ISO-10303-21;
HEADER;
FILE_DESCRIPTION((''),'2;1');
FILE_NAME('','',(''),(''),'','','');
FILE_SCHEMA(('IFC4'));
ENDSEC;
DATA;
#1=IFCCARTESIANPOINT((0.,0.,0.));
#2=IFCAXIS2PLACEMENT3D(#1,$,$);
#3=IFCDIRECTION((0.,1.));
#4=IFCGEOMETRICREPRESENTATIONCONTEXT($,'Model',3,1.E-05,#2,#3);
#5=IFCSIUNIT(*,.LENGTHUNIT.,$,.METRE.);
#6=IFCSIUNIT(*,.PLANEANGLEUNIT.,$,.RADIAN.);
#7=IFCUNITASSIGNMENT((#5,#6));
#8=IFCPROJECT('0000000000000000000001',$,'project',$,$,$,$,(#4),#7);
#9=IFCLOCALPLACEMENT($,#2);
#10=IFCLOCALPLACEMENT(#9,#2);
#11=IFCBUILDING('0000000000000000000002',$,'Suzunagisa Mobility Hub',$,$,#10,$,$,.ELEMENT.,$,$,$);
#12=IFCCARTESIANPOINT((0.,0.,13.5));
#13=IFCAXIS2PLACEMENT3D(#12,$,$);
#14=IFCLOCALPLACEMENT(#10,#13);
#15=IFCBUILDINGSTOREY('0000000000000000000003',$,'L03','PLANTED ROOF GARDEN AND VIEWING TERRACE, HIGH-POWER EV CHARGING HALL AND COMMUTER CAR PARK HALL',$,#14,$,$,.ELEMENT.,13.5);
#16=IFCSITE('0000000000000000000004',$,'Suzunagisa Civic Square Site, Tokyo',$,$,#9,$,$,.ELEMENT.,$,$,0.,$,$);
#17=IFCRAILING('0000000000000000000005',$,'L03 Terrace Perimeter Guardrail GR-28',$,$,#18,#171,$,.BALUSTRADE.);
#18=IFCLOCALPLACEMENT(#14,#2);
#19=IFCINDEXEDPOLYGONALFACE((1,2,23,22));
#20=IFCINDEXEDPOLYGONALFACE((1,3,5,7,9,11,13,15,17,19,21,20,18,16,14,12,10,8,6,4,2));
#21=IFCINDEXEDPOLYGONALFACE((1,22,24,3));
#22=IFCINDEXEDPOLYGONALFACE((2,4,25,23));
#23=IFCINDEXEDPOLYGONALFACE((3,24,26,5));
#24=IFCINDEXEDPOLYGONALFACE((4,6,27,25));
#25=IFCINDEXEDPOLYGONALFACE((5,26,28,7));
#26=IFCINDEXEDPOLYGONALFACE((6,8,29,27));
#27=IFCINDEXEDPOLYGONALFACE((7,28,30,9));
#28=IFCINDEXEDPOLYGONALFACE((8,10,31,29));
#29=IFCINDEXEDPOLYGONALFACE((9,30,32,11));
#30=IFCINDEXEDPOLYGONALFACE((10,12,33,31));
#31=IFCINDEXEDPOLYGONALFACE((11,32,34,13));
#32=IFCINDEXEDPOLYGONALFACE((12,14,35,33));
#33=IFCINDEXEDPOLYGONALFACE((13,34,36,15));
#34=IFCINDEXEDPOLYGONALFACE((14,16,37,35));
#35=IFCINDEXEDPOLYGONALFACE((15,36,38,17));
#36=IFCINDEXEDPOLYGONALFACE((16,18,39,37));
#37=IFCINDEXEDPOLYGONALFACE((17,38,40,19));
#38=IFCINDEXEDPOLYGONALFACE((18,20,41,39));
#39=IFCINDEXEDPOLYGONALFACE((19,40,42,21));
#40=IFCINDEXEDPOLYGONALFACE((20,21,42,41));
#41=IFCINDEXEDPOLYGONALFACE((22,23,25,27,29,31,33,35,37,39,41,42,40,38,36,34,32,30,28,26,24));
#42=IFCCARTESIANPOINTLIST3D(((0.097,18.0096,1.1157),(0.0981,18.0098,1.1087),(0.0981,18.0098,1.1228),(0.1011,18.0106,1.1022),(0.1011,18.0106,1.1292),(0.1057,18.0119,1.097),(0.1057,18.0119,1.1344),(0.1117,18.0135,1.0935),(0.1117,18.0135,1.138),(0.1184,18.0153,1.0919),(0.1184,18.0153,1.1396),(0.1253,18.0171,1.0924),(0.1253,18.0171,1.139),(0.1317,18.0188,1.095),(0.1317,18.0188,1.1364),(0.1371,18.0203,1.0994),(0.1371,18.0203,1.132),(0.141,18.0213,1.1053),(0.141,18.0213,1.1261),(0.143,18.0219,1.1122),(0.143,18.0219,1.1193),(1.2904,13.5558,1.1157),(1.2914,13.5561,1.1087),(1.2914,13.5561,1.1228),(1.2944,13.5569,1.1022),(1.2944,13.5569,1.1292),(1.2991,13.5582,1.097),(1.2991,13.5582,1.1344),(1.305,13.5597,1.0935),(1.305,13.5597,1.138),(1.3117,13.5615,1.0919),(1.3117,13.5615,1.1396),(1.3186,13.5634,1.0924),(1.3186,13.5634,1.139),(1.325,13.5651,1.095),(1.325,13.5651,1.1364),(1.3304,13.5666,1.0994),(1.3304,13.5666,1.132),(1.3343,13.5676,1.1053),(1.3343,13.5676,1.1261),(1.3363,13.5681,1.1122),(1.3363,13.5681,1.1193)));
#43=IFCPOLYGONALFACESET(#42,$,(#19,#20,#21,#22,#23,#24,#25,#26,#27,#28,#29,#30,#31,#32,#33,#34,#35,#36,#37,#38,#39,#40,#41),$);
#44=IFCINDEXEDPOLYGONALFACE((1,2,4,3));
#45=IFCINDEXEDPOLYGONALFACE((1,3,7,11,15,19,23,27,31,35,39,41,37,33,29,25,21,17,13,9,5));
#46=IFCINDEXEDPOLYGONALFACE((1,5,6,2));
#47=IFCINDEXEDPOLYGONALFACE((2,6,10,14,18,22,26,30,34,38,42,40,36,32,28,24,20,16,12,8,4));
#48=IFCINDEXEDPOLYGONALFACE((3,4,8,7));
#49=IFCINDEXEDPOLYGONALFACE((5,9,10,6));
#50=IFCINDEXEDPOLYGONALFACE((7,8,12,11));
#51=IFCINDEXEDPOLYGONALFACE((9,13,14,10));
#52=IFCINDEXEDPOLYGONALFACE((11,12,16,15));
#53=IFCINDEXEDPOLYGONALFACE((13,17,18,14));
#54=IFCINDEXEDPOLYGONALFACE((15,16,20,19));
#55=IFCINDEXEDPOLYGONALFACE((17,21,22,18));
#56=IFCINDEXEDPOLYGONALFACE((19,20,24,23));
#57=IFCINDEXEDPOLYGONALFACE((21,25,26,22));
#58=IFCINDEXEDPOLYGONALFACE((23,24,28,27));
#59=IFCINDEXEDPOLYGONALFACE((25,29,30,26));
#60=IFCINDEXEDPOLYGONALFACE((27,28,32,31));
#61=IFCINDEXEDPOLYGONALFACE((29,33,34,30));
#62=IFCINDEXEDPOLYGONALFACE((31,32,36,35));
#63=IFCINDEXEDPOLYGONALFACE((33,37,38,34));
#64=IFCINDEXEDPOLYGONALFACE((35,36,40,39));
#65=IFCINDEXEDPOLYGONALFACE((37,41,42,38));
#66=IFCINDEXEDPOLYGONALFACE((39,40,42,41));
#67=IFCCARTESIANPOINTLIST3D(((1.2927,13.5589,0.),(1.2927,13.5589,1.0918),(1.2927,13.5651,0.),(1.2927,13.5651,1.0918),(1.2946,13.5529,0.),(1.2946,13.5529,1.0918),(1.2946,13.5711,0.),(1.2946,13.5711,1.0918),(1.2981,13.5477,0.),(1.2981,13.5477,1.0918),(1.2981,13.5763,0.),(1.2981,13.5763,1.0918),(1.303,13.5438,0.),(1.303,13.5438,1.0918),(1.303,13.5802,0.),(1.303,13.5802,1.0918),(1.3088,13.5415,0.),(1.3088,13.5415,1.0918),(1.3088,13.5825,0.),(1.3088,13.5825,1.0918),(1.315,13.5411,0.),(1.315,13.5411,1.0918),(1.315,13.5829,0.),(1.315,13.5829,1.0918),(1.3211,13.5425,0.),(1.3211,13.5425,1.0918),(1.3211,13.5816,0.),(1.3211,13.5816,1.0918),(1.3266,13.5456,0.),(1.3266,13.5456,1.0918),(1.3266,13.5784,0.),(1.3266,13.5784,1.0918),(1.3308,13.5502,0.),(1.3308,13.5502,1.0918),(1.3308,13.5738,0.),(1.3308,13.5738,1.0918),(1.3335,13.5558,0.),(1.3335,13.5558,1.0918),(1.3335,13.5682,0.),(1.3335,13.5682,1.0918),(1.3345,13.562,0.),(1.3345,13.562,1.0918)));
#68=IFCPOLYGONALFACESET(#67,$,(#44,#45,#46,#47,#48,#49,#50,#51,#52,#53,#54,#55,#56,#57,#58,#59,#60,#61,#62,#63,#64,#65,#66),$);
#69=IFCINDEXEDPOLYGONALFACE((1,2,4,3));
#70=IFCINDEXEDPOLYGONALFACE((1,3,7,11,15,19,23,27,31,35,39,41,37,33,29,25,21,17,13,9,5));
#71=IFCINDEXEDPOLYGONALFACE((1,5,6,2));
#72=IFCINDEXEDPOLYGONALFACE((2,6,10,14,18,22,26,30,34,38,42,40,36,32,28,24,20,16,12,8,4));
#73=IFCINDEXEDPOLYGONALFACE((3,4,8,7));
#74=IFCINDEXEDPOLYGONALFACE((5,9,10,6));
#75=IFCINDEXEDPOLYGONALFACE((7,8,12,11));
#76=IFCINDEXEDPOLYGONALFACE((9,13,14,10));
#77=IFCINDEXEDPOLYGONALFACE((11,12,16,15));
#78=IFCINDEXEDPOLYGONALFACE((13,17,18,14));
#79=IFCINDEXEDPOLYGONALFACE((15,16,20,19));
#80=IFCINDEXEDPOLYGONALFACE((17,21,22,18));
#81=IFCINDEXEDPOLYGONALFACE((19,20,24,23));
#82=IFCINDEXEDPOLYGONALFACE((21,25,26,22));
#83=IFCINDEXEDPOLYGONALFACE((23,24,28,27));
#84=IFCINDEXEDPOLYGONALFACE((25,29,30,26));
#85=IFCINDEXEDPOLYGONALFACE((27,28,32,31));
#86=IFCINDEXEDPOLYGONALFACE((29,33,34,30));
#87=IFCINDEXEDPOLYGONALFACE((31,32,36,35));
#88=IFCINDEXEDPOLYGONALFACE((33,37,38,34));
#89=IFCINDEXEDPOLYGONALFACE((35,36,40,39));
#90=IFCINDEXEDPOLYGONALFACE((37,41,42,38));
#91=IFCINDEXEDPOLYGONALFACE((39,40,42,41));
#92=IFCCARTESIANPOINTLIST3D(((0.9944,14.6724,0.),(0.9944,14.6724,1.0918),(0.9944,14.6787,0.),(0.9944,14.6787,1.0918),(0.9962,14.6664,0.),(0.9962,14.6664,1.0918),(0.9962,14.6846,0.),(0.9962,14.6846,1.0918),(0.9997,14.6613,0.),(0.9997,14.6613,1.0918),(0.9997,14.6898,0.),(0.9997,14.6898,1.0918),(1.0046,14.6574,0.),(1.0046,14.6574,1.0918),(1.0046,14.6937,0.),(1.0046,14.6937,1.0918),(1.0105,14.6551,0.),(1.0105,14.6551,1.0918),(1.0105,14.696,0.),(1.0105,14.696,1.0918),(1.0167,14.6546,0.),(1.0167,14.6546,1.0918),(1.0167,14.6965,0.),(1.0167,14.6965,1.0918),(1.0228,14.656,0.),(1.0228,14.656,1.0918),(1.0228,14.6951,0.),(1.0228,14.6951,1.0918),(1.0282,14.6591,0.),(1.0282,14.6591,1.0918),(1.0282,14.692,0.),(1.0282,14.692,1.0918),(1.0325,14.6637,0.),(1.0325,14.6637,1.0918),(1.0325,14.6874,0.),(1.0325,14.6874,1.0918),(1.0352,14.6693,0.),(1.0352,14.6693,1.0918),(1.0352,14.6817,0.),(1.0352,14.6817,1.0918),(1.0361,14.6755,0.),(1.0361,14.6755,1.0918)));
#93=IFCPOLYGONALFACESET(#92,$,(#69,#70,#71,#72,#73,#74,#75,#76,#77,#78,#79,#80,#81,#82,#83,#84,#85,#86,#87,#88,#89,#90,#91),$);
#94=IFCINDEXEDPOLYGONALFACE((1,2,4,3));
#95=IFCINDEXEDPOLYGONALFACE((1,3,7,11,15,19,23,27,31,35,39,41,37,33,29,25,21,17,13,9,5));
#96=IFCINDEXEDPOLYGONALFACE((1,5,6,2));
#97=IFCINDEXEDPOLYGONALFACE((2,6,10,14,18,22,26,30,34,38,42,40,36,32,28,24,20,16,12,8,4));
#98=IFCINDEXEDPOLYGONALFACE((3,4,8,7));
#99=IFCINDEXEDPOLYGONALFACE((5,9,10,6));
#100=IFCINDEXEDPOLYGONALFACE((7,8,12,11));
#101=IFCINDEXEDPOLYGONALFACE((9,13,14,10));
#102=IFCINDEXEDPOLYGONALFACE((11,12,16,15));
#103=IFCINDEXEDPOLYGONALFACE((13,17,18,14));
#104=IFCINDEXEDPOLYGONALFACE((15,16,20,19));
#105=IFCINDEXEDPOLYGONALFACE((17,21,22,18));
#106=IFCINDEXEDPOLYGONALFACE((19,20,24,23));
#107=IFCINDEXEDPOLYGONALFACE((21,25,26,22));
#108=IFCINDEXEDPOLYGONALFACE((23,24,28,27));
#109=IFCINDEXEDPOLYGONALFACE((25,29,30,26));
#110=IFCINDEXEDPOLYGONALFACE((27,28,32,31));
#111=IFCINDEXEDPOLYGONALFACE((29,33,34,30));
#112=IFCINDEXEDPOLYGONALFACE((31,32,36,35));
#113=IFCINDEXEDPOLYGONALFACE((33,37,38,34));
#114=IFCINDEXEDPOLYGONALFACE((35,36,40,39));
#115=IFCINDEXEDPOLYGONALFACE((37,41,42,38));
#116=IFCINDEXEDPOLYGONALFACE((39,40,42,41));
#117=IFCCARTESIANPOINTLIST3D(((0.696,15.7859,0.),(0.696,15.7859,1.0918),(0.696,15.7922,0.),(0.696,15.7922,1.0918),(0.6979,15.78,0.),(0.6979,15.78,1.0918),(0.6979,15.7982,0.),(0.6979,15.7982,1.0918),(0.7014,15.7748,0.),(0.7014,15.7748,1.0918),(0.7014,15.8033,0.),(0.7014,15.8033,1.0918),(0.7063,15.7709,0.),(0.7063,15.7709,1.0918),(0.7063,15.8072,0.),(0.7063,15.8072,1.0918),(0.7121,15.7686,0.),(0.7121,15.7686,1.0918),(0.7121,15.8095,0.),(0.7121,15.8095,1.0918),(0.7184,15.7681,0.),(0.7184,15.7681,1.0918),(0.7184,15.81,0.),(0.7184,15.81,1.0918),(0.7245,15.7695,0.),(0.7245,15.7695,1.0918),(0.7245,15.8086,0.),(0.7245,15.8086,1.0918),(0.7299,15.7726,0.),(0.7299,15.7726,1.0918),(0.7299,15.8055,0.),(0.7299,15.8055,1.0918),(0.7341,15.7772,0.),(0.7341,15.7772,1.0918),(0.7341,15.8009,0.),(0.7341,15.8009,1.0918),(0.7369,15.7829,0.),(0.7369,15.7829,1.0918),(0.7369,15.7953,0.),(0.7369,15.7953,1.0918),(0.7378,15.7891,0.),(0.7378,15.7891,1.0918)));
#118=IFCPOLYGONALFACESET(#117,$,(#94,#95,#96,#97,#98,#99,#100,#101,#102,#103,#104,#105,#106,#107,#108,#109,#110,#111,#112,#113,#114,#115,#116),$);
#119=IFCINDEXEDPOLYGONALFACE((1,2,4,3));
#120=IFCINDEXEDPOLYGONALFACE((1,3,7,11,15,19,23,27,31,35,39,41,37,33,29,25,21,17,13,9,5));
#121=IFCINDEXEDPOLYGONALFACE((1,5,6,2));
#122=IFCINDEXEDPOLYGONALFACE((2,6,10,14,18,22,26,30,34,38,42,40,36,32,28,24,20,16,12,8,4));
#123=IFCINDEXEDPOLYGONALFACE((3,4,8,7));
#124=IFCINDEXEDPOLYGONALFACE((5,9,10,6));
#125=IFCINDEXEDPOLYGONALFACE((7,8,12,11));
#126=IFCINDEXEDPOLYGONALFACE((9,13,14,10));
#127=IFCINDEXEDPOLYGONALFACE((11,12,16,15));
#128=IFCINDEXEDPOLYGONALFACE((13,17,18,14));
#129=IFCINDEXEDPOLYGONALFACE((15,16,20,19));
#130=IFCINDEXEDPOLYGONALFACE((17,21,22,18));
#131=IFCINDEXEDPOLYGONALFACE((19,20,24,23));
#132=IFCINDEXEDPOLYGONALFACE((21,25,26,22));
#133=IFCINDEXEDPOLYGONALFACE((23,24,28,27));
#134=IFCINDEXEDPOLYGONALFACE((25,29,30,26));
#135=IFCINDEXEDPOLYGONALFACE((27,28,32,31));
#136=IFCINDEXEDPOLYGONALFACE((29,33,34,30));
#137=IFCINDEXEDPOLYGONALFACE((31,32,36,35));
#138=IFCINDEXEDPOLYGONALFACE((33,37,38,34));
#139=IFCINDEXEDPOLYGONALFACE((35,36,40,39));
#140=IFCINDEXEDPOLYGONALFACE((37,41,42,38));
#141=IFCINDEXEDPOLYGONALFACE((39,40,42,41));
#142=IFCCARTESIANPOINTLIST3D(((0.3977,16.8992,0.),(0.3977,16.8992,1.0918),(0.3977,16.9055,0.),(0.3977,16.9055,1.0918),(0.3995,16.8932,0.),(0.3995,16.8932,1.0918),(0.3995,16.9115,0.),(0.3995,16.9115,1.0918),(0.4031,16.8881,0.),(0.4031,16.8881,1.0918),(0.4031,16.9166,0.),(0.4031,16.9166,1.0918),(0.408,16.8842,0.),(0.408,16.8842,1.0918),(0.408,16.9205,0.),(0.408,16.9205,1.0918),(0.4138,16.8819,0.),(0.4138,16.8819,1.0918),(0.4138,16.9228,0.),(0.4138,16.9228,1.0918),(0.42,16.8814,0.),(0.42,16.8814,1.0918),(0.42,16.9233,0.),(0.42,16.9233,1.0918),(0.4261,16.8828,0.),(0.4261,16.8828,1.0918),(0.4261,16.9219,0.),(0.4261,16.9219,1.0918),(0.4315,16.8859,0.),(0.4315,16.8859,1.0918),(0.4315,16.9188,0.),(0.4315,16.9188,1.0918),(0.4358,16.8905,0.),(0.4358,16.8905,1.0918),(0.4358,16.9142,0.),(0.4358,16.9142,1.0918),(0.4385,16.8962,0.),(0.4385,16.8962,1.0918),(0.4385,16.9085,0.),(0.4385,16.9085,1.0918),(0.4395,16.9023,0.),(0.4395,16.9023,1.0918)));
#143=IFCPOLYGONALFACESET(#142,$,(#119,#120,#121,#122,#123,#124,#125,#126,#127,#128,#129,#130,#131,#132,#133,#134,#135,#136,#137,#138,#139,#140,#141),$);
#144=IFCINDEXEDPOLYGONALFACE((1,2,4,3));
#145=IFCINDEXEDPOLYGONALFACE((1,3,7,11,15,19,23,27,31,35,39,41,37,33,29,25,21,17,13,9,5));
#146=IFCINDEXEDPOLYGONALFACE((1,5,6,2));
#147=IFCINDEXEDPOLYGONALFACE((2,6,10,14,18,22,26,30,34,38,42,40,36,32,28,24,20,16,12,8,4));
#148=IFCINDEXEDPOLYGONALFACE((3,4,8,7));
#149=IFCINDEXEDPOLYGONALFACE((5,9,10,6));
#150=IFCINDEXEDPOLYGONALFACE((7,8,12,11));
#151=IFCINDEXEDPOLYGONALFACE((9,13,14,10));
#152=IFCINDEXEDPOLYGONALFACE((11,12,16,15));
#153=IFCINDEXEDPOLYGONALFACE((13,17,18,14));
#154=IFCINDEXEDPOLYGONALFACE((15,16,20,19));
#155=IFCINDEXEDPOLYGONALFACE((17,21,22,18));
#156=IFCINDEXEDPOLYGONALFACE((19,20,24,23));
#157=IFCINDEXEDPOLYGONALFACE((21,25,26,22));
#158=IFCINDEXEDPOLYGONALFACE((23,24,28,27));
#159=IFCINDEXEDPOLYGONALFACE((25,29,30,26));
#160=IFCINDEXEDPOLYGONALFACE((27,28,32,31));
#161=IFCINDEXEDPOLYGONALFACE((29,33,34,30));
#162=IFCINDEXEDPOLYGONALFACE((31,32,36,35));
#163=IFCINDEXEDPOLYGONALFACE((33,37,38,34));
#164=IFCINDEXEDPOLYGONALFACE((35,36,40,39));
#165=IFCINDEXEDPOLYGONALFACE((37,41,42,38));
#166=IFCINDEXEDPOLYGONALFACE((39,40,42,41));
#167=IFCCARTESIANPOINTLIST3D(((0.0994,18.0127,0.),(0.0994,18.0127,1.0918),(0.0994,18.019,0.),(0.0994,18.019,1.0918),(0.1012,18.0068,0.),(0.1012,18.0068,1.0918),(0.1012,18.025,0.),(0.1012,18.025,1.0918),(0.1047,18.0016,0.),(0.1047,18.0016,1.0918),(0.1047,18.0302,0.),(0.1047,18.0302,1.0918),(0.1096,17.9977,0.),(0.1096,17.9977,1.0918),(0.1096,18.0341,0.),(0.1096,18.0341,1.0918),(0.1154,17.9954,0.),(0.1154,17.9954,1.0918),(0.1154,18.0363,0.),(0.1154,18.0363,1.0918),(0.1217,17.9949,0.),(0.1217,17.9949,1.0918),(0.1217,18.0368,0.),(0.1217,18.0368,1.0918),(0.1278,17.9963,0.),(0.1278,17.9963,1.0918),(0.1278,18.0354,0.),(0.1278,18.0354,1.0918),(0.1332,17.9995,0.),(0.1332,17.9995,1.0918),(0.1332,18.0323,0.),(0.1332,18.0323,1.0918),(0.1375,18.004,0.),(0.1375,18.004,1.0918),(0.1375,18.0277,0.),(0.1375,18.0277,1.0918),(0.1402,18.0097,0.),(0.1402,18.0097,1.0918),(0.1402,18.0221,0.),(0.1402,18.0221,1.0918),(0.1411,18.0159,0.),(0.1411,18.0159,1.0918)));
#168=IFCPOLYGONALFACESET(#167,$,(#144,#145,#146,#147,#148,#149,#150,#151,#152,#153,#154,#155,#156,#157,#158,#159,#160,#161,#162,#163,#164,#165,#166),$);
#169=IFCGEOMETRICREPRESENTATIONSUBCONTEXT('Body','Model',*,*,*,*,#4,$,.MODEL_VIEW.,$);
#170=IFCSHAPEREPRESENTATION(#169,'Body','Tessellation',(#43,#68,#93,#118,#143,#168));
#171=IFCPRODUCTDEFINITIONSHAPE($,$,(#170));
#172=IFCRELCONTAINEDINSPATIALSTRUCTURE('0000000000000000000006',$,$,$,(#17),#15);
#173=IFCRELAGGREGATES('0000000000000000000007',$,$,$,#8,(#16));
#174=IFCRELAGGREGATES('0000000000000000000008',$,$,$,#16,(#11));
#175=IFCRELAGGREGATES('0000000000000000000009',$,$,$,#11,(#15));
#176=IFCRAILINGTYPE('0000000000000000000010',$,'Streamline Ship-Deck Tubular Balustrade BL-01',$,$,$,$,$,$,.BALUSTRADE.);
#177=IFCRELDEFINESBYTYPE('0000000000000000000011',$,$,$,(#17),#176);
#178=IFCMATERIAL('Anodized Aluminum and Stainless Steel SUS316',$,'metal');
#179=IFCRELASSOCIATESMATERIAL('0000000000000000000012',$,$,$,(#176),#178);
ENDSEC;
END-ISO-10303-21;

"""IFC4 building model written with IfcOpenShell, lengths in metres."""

from ifc_helpers import new_model, si_unit, direction, frame, origin, origin_2d, place, context, subcontext, project, spatial, circle, extrude, material, type_object, element, save


model = new_model("IFC4")

# Units and contexts
model_context = context("Model", 3, precision=1e-05, world=origin(), true_north=direction((0.0, 1.0)))
body_context = subcontext(model_context, "Body", "Model", "MODEL_VIEW")
ifc_project = project(units=[si_unit("LENGTHUNIT", "METRE"), si_unit("PLANEANGLEUNIT", "RADIAN")], contexts=[model_context])

# Site, building, storey
site_placement = place(None, origin())
site = spatial("IfcSite", under=ifc_project, at=site_placement, Name="Suzunagisa Civic Square Site, Tokyo", CompositionType="ELEMENT", RefElevation=0.0)
building_placement = place(site_placement, origin())
building = spatial("IfcBuilding", under=site, at=building_placement, Name="Suzunagisa Mobility Hub", CompositionType="ELEMENT")
storey_placement = place(building_placement, frame((0.0, 0.0, 13.5)))
storey = spatial("IfcBuildingStorey", under=building, at=storey_placement, Name="L03", Description="PLANTED ROOF GARDEN AND VIEWING TERRACE, HIGH-POWER EV CHARGING HALL AND COMMUTER CAR PARK HALL", CompositionType="ELEMENT", Elevation=13.5)

# Railing
ifc_material_1 = material(Name="Anodized Aluminum and Stainless Steel SUS316", Category="metal")
railing_type = type_object("IfcRailingType", Name="Streamline Ship-Deck Tubular Balustrade BL-01", PredefinedType="BALUSTRADE", material=ifc_material_1)
railing_1_placement = place(storey_placement, frame((1.3135, 13.562, 0.0)))
element("IfcRailing", 1, at=railing_1_placement, inside=storey, type_object=railing_type, Name="L03 Terrace Perimeter Guardrail GR-28", PredefinedType="BALUSTRADE", context=body_context, shape_type="SweptSolid", body=[
    extrude(circle(Radius=0.0239, at=origin_2d()), frame((0.0, 0.0, 1.1157), z_axis=(-0.258809, 0.965928, 0.0), x_axis=(-0.965928, -0.258809, 0.0)), (0.0, 0.0, 1.0), 4.6108),
    extrude(circle(Radius=0.021, at=origin_2d()), origin(), (0.0, 0.0, 1.0), 1.0918),
    extrude(circle(Radius=0.021, at=origin_2d()), frame((-0.2983, 1.1135, 0.0)), (0.0, 0.0, 1.0), 1.0918),
    extrude(circle(Radius=0.021, at=origin_2d()), frame((-0.5967, 2.2271, 0.0)), (0.0, 0.0, 1.0), 1.0918),
    extrude(circle(Radius=0.021, at=origin_2d()), frame((-0.895, 3.3403, 0.0)), (0.0, 0.0, 1.0), 1.0918),
    extrude(circle(Radius=0.021, at=origin_2d()), frame((-1.1934, 4.4539, 0.0)), (0.0, 0.0, 1.0), 1.0918),
])

save(model, "model.ifc")
